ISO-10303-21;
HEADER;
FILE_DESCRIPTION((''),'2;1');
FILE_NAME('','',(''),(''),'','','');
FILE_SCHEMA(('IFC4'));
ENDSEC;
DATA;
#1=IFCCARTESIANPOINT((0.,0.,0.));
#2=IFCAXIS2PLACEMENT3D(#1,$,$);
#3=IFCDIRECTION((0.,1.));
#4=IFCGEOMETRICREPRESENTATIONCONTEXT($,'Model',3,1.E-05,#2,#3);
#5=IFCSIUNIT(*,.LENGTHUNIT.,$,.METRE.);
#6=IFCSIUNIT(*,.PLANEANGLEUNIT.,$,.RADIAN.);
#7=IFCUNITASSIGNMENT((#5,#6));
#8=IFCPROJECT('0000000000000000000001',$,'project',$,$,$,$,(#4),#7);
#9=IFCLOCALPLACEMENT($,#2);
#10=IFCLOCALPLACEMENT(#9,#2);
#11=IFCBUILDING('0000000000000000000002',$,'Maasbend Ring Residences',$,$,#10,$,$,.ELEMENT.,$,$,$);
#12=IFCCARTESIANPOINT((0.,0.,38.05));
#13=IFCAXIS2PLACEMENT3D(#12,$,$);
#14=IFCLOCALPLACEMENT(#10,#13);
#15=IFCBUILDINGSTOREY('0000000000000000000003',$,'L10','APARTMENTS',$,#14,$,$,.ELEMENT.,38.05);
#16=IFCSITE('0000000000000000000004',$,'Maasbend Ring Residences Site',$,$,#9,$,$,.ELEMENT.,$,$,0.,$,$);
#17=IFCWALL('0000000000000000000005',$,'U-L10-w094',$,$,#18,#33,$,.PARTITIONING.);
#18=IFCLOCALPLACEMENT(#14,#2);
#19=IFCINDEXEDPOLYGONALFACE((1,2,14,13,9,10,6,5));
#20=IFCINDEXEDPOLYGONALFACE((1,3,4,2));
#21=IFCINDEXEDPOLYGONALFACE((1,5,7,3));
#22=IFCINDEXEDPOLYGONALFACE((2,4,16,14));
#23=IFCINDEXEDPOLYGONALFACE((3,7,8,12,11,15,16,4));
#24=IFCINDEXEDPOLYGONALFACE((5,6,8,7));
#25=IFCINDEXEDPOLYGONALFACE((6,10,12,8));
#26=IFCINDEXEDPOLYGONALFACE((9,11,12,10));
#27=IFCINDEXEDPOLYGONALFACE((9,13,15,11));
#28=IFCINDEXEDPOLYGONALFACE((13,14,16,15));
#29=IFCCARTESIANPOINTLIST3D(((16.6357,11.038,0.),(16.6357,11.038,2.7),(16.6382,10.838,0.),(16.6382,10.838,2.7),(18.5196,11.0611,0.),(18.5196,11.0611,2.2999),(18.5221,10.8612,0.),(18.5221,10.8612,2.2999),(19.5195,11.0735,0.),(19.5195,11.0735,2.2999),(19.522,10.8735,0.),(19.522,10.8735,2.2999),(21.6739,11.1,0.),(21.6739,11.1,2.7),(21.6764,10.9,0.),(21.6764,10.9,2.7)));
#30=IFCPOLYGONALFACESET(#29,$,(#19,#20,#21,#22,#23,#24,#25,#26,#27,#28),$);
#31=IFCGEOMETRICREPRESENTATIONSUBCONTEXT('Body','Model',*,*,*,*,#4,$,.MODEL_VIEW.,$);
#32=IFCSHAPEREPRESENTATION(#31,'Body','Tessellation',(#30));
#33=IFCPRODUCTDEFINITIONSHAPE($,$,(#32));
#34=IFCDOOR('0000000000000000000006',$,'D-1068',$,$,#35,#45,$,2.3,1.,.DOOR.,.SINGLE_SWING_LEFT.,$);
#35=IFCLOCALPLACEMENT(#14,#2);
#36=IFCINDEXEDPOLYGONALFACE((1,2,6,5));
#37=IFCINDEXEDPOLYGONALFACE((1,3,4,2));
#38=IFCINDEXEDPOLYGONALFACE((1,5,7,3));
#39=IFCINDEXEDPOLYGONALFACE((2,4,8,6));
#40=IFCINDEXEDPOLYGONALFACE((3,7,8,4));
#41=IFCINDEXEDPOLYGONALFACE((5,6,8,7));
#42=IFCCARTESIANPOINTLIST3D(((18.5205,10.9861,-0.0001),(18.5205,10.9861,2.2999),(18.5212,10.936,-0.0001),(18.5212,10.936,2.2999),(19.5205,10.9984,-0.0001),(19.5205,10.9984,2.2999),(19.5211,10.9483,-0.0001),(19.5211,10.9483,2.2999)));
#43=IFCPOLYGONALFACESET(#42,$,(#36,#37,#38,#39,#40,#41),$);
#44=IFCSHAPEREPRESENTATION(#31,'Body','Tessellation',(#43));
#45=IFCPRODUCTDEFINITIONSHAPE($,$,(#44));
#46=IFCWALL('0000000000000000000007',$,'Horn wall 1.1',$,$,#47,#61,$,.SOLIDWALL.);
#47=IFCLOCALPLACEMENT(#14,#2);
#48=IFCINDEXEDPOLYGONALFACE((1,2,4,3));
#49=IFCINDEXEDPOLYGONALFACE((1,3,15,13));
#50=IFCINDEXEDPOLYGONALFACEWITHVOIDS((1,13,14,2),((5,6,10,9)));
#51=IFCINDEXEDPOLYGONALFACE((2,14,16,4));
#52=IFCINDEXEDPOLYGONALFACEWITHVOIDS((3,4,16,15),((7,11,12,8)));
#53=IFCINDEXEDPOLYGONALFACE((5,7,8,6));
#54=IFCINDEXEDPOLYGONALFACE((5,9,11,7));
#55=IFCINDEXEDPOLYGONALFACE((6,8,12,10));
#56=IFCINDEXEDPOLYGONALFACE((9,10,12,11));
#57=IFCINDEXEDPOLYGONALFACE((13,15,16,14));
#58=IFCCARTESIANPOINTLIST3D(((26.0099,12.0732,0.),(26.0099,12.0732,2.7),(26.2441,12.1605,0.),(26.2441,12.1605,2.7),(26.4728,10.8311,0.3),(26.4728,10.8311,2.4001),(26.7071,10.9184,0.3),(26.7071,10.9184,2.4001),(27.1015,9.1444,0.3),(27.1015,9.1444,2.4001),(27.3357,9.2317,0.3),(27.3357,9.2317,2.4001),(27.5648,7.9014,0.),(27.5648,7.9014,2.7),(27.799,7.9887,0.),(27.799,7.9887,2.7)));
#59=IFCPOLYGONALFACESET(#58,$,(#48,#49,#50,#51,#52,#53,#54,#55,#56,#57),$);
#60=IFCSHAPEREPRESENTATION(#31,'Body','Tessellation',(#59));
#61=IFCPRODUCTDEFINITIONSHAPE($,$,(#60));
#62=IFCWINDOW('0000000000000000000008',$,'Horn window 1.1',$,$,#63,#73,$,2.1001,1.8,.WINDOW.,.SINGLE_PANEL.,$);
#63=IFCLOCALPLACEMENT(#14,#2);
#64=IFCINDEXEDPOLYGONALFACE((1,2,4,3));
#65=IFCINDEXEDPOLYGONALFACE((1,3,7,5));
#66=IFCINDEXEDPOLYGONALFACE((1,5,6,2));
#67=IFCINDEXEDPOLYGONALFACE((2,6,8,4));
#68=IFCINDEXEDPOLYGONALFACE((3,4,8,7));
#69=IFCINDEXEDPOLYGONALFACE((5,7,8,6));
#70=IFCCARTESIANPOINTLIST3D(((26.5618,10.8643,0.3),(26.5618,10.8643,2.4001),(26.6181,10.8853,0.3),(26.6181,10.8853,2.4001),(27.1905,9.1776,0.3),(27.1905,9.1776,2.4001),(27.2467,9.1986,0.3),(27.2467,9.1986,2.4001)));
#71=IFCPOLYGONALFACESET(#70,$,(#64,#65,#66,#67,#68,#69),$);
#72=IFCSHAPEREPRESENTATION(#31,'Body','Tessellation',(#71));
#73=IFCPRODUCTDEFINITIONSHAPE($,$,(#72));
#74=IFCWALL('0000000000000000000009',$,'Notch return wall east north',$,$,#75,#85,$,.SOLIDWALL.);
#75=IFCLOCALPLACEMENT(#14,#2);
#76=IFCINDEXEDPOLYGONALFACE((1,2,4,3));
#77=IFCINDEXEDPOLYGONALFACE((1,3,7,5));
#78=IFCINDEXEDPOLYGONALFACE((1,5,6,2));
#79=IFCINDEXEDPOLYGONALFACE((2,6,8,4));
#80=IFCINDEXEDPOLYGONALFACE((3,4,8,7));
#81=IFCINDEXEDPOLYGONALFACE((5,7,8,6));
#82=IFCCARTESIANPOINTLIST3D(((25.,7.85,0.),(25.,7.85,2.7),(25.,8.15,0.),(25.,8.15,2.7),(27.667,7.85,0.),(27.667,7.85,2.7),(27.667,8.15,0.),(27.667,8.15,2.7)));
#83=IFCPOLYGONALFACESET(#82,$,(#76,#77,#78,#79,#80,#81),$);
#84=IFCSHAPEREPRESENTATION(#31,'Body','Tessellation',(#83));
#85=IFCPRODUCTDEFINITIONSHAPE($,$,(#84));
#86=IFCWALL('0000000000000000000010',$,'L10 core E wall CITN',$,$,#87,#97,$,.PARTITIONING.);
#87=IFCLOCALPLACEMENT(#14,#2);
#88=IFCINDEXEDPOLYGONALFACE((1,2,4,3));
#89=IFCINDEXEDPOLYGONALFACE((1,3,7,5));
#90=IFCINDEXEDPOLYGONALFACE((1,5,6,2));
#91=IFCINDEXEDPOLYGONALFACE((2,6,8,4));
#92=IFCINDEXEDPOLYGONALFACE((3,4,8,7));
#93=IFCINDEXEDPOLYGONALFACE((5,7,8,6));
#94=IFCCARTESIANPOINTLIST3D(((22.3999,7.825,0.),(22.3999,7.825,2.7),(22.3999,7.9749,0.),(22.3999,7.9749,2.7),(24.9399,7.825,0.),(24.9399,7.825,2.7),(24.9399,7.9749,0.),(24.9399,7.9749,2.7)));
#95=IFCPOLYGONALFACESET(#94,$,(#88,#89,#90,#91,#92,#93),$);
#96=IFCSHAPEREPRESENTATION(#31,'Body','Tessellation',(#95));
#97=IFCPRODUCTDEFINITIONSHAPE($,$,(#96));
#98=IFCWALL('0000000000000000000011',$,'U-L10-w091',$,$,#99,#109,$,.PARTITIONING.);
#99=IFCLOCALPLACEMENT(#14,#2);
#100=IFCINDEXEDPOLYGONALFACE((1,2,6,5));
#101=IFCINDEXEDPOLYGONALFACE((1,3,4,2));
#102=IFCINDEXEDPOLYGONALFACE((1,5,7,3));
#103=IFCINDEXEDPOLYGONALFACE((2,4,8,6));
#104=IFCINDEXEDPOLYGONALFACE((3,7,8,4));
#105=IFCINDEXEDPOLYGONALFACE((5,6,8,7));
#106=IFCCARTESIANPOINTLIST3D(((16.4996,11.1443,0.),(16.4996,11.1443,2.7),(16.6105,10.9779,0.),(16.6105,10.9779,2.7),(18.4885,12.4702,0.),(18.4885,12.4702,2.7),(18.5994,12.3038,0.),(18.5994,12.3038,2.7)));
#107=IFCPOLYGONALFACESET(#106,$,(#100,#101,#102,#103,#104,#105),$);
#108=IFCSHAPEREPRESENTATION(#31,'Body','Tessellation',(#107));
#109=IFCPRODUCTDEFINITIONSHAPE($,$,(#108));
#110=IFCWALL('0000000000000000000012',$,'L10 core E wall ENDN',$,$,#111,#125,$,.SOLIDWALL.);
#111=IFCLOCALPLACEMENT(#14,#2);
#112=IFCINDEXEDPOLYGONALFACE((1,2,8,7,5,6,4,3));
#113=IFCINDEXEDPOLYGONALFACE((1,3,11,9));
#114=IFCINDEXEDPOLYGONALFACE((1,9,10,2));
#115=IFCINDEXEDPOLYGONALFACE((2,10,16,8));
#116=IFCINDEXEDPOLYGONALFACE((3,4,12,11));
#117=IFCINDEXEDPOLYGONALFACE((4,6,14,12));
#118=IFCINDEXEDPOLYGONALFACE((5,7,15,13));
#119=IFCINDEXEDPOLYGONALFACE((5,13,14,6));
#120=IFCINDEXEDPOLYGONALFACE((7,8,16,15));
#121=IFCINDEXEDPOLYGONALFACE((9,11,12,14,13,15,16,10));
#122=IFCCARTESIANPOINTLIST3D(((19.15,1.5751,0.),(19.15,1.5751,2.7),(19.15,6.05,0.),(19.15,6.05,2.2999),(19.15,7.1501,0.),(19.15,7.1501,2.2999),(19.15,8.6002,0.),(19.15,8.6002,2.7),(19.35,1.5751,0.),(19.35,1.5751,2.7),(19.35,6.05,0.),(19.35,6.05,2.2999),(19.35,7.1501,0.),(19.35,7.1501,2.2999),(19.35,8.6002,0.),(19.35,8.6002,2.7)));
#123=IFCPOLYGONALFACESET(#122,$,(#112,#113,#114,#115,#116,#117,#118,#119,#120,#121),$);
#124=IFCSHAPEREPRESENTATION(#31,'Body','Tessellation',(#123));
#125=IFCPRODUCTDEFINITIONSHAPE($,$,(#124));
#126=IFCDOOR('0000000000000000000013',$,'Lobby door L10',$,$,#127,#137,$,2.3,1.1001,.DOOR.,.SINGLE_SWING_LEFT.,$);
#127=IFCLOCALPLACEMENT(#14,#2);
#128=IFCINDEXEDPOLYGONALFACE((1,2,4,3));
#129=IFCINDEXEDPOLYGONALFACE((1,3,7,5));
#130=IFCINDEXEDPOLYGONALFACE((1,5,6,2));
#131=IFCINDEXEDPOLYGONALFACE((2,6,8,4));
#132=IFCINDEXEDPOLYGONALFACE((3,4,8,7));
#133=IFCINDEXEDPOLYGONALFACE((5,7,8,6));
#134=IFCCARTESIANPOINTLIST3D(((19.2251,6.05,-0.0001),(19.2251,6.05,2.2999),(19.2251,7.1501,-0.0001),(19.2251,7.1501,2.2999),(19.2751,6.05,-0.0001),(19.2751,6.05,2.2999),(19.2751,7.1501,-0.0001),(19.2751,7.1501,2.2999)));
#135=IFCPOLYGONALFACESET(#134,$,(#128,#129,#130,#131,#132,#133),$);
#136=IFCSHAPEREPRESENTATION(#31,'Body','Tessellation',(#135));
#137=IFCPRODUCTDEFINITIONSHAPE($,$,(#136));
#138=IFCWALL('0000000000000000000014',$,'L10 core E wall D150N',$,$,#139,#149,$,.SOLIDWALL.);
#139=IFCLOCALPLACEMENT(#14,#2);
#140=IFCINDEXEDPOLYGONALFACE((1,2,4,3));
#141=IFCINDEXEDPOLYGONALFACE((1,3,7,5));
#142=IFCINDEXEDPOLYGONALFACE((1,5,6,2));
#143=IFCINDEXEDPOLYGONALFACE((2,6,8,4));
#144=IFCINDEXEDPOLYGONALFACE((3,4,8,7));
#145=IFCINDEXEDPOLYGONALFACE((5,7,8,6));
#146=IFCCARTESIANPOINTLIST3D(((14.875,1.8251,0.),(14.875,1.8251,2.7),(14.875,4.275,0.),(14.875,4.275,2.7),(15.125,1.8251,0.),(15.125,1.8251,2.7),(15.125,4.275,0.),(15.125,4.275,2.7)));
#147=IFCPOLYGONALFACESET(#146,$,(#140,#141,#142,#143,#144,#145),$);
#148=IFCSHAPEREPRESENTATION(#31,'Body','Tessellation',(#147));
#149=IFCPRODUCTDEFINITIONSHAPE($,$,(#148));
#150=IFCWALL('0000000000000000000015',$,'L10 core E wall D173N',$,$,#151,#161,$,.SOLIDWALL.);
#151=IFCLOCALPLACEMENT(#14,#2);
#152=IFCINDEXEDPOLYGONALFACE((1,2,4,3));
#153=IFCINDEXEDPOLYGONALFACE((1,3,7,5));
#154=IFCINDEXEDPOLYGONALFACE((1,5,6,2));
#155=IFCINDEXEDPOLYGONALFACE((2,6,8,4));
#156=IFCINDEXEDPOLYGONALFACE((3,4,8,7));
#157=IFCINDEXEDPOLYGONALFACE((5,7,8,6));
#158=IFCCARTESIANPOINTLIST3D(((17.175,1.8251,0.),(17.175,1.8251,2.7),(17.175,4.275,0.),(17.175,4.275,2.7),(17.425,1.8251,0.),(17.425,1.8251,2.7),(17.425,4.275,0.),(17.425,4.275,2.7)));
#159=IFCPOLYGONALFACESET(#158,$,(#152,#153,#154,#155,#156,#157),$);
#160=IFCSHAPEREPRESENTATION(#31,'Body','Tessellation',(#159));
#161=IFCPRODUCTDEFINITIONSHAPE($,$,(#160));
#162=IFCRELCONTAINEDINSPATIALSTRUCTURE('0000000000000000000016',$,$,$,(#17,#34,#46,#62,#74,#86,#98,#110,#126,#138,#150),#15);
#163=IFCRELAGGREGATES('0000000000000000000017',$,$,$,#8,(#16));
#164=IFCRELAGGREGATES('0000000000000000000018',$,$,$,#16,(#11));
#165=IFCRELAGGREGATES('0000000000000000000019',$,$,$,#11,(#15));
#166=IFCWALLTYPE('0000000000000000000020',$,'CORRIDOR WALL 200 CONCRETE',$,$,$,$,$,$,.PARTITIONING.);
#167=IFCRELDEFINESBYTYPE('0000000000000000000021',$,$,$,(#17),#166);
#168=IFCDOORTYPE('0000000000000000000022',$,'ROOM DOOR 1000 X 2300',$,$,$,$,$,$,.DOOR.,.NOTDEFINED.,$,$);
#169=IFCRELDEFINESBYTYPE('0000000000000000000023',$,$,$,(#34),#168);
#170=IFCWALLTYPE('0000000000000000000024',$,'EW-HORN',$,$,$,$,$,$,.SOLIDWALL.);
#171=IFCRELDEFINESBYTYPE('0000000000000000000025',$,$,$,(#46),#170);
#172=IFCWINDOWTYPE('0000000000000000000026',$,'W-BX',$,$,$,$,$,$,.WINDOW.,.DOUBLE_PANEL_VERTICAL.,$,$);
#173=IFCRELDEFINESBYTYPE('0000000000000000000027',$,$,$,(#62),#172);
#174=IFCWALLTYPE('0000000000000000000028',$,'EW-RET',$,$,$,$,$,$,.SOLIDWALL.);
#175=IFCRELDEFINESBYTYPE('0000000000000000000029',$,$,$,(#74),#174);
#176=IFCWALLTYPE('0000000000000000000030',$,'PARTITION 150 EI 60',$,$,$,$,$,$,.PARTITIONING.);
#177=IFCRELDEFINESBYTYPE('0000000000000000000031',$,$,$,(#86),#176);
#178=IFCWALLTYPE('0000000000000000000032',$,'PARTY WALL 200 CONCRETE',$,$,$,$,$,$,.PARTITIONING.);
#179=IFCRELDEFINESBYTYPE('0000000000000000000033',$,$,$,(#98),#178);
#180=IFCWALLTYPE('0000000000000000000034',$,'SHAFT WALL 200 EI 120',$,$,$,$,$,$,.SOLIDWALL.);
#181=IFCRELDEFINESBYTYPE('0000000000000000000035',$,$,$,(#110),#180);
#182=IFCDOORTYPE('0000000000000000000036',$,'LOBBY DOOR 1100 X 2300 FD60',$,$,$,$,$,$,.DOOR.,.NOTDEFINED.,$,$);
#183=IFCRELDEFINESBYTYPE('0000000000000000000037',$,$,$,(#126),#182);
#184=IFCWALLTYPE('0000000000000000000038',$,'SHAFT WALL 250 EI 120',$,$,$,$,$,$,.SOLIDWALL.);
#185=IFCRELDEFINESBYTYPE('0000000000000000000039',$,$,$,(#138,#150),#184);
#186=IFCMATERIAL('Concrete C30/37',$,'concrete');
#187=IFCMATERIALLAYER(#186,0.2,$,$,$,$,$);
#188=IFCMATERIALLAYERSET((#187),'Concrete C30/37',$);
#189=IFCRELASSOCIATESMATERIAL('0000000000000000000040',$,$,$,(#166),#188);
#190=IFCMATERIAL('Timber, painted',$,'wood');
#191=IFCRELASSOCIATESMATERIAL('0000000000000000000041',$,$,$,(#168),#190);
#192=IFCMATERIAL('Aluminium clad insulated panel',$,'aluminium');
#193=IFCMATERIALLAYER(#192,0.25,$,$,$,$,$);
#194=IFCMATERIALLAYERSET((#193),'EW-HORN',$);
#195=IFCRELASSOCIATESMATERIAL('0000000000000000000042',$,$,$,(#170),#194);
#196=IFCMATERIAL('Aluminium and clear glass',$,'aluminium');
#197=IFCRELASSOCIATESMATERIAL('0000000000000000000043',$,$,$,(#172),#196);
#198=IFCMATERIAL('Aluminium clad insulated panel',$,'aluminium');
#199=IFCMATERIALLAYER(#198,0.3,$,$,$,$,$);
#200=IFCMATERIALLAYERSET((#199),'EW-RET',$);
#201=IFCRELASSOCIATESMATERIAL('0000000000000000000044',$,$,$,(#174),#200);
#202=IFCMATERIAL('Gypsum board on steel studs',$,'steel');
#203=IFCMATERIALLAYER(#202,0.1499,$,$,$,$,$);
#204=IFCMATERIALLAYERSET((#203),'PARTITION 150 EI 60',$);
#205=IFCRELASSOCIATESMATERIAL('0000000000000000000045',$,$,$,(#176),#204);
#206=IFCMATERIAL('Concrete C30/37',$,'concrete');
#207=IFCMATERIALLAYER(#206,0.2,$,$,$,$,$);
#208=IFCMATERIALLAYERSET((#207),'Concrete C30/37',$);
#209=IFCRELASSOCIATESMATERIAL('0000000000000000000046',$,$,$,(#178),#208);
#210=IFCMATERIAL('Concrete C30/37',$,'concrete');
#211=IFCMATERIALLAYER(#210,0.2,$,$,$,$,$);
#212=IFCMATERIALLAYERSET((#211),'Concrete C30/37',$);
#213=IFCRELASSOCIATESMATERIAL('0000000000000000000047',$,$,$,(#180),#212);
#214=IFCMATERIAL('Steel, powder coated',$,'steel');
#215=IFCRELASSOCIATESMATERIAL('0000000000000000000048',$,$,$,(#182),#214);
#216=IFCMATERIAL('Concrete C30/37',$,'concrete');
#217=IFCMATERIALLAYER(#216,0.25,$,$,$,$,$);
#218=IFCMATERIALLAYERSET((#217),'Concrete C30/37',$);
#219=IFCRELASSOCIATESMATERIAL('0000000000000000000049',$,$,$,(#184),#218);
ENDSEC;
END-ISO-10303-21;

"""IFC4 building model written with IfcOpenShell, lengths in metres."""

from ifc_helpers import new_model, si_unit, direction, frame, frame_2d, origin, place, context, subcontext, project, spatial, rectangle, extrude, material, layer, layer_set, type_object, element, fill, save


model = new_model("IFC4")

# Units and contexts
model_context = context("Model", 3, precision=1e-05, world=origin(), true_north=direction((0.0, 1.0)))
body_context = subcontext(model_context, "Body", "Model", "MODEL_VIEW")
ifc_project = project(units=[si_unit("LENGTHUNIT", "METRE"), si_unit("PLANEANGLEUNIT", "RADIAN")], contexts=[model_context])

# Site, building, storey
site_placement = place(None, origin())
site = spatial("IfcSite", under=ifc_project, at=site_placement, Name="Maasbend Ring Residences Site", CompositionType="ELEMENT", RefElevation=0.0)
building_placement = place(site_placement, origin())
building = spatial("IfcBuilding", under=site, at=building_placement, Name="Maasbend Ring Residences", CompositionType="ELEMENT")
storey_placement = place(building_placement, frame((0.0, 0.0, 38.05)))
storey = spatial("IfcBuildingStorey", under=building, at=storey_placement, Name="L10", Description="APARTMENTS", CompositionType="ELEMENT", Elevation=38.05)

# Shared definitions
ifc_material_1 = material(Name="Concrete C30/37", Category="concrete")
ifc_layer_1 = layer(ifc_material_1, 0.2)
ifc_layer_set_1 = layer_set([ifc_layer_1], Name="Concrete C30/37")
wall_type_1 = type_object("IfcWallType", Name="CORRIDOR WALL 200 CONCRETE", PredefinedType="PARTITIONING", material=ifc_layer_set_1)

# Wall, opening, door
wall_1_placement = place(storey_placement, frame((16.637, 10.938, 0.0), z_axis=(0.0, 0.0, 1.0), x_axis=(0.999924, 0.012308, 0.0)))
wall_1 = element("IfcWall", 1, at=wall_1_placement, inside=storey, type_object=wall_type_1, Name="U-L10-w094", PredefinedType="PARTITIONING", context=body_context, shape_type="SweptSolid", body=[
    extrude(rectangle(XDim=5.0386, YDim=0.2, at=frame_2d((2.5193, 0.0))), origin(), (0.0, 0.0, 1.0), 2.7),
])
opening_1_placement = place(wall_1_placement, frame((1.884, 0.0, 0.0)))
opening_1 = element("IfcOpeningElement", 2, at=opening_1_placement, cuts=wall_1, PredefinedType="OPENING", context=body_context, shape_type="SweptSolid", body=[
    extrude(rectangle(XDim=1.0, YDim=2.3, at=frame_2d((0.5, 1.1499))), frame((0.0, 0.1099, 0.0), z_axis=(0.0, -1.0, 0.0), x_axis=(1.0, 0.0, 0.0)), (0.0, 0.0, 1.0), 0.22),
])
ifc_material_2 = material(Name="Timber, painted", Category="wood")
door_type_1 = type_object("IfcDoorType", Name="ROOM DOOR 1000 X 2300", OperationType="NOTDEFINED", PredefinedType="DOOR", material=ifc_material_2)
door_1_placement = place(opening_1_placement, origin())
door_1 = element("IfcDoor", 3, at=door_1_placement, inside=storey, type_object=door_type_1, Name="D-1068", OperationType="SINGLE_SWING_LEFT", OverallHeight=2.3, OverallWidth=1.0, PredefinedType="DOOR", context=body_context, shape_type="SweptSolid", body=[
    extrude(rectangle(XDim=1.0, YDim=2.3, at=frame_2d((0.5, 1.1499))), frame((0.0, 0.0249, 0.0), z_axis=(0.0, -1.0, 0.0), x_axis=(1.0, 0.0, 0.0)), (0.0, 0.0, 1.0), 0.05),
])
fill(opening_1, door_1)

# Wall, opening, window
ifc_material_3 = material(Name="Aluminium clad insulated panel", Category="aluminium")
ifc_layer_2 = layer(ifc_material_3, 0.25)
ifc_layer_set_2 = layer_set([ifc_layer_2], Name="EW-HORN")
wall_type_2 = type_object("IfcWallType", Name="EW-HORN", PredefinedType="SOLIDWALL", material=ifc_layer_set_2)
wall_2_placement = place(storey_placement, frame((27.6819, 7.9451, 0.0), z_axis=(0.0, 0.0, 1.0), x_axis=(-0.349248, 0.93703, 0.0)))
wall_2 = element("IfcWall", 4, at=wall_2_placement, inside=storey, type_object=wall_type_2, Name="Horn wall 1.1", PredefinedType="SOLIDWALL", context=body_context, shape_type="SweptSolid", body=[
    extrude(rectangle(XDim=4.4521, YDim=0.25, at=frame_2d((2.2261, 0.0))), origin(), (0.0, 0.0, 1.0), 2.7),
])
opening_2_placement = place(wall_2_placement, frame((1.3267, 0.0, 0.3)))
opening_2 = element("IfcOpeningElement", 5, at=opening_2_placement, cuts=wall_2, PredefinedType="OPENING", context=body_context, shape_type="SweptSolid", body=[
    extrude(rectangle(XDim=1.8, YDim=2.1001, at=frame_2d((0.8999, 1.05))), frame((0.0, 0.135, 0.0), z_axis=(0.0, -1.0, 0.0), x_axis=(1.0, 0.0, 0.0)), (0.0, 0.0, 1.0), 0.27),
])
ifc_material_4 = material(Name="Aluminium and clear glass", Category="aluminium")
window_type = type_object("IfcWindowType", Name="W-BX", PartitioningType="DOUBLE_PANEL_VERTICAL", PredefinedType="WINDOW", material=ifc_material_4)
window_placement = place(opening_2_placement, origin())
window = element("IfcWindow", 6, at=window_placement, inside=storey, type_object=window_type, Name="Horn window 1.1", OverallHeight=2.1001, OverallWidth=1.8, PartitioningType="SINGLE_PANEL", PredefinedType="WINDOW", context=body_context, shape_type="SweptSolid", body=[
    extrude(rectangle(XDim=1.8, YDim=2.1001, at=frame_2d((0.8999, 1.05))), frame((0.0, 0.03, 0.0), z_axis=(0.0, -1.0, 0.0), x_axis=(1.0, 0.0, 0.0)), (0.0, 0.0, 1.0), 0.0601),
])
fill(opening_2, window)

# Walls
ifc_material_5 = material(Name="Aluminium clad insulated panel", Category="aluminium")
ifc_layer_3 = layer(ifc_material_5, 0.3)
ifc_layer_set_3 = layer_set([ifc_layer_3], Name="EW-RET")
wall_type_3 = type_object("IfcWallType", Name="EW-RET", PredefinedType="SOLIDWALL", material=ifc_layer_set_3)
wall_3_placement = place(storey_placement, frame((25.0, 8.0, 0.0), z_axis=(0.0, 0.0, 1.0), x_axis=(1.0, 0.0, 0.0)))
element("IfcWall", 7, at=wall_3_placement, inside=storey, type_object=wall_type_3, Name="Notch return wall east north", PredefinedType="SOLIDWALL", context=body_context, shape_type="SweptSolid", body=[
    extrude(rectangle(XDim=2.667, YDim=0.3, at=frame_2d((1.3335, 0.0))), origin(), (0.0, 0.0, 1.0), 2.7),
])
ifc_material_6 = material(Name="Gypsum board on steel studs", Category="steel")
ifc_layer_4 = layer(ifc_material_6, 0.1499)
ifc_layer_set_4 = layer_set([ifc_layer_4], Name="PARTITION 150 EI 60")
wall_type_4 = type_object("IfcWallType", Name="PARTITION 150 EI 60", PredefinedType="PARTITIONING", material=ifc_layer_set_4)
wall_4_placement = place(storey_placement, frame((22.3999, 7.8999, 0.0), z_axis=(0.0, 0.0, 1.0), x_axis=(1.0, 0.0, 0.0)))
element("IfcWall", 8, at=wall_4_placement, inside=storey, type_object=wall_type_4, Name="L10 core E wall CITN", PredefinedType="PARTITIONING", context=body_context, shape_type="SweptSolid", body=[
    extrude(rectangle(XDim=2.54, YDim=0.1499, at=frame_2d((1.27, 0.0))), origin(), (0.0, 0.0, 1.0), 2.7),
])
ifc_material_7 = material(Name="Concrete C30/37", Category="concrete")
ifc_layer_5 = layer(ifc_material_7, 0.2)
ifc_layer_set_5 = layer_set([ifc_layer_5], Name="Concrete C30/37")
wall_type_5 = type_object("IfcWallType", Name="PARTY WALL 200 CONCRETE", PredefinedType="PARTITIONING", material=ifc_layer_set_5)
wall_5_placement = place(storey_placement, frame((16.5549, 11.061, 0.0), z_axis=(0.0, 0.0, 1.0), x_axis=(0.832066, 0.554677, 0.0)))
element("IfcWall", 9, at=wall_5_placement, inside=storey, type_object=wall_type_5, Name="U-L10-w091", PredefinedType="PARTITIONING", context=body_context, shape_type="SweptSolid", body=[
    extrude(rectangle(XDim=2.3904, YDim=0.2, at=frame_2d((1.1953, 0.0))), origin(), (0.0, 0.0, 1.0), 2.7),
])

# Wall, opening, door
ifc_material_8 = material(Name="Concrete C30/37", Category="concrete")
ifc_layer_6 = layer(ifc_material_8, 0.2)
ifc_layer_set_6 = layer_set([ifc_layer_6], Name="Concrete C30/37")
wall_type_6 = type_object("IfcWallType", Name="SHAFT WALL 200 EI 120", PredefinedType="SOLIDWALL", material=ifc_layer_set_6)
wall_6_placement = place(storey_placement, frame((19.25, 1.575, 0.0), z_axis=(0.0, 0.0, 1.0), x_axis=(0.0, 1.0, 0.0)))
wall_6 = element("IfcWall", 10, at=wall_6_placement, inside=storey, type_object=wall_type_6, Name="L10 core E wall ENDN", PredefinedType="SOLIDWALL", context=body_context, shape_type="SweptSolid", body=[
    extrude(rectangle(XDim=7.0251, YDim=0.2, at=frame_2d((3.5127, 0.0))), origin(), (0.0, 0.0, 1.0), 2.7),
])
opening_3_placement = place(wall_6_placement, frame((4.4751, 0.0, 0.0)))
opening_3 = element("IfcOpeningElement", 11, at=opening_3_placement, cuts=wall_6, PredefinedType="OPENING", context=body_context, shape_type="SweptSolid", body=[
    extrude(rectangle(XDim=1.1001, YDim=2.3, at=frame_2d((0.55, 1.1499))), frame((0.0, 0.1099, 0.0), z_axis=(0.0, -1.0, 0.0), x_axis=(1.0, 0.0, 0.0)), (0.0, 0.0, 1.0), 0.22),
])
ifc_material_9 = material(Name="Steel, powder coated", Category="steel")
door_type_2 = type_object("IfcDoorType", Name="LOBBY DOOR 1100 X 2300 FD60", OperationType="NOTDEFINED", PredefinedType="DOOR", material=ifc_material_9)
door_2_placement = place(opening_3_placement, origin())
door_2 = element("IfcDoor", 12, at=door_2_placement, inside=storey, type_object=door_type_2, Name="Lobby door L10", OperationType="SINGLE_SWING_LEFT", OverallHeight=2.3, OverallWidth=1.1001, PredefinedType="DOOR", context=body_context, shape_type="SweptSolid", body=[
    extrude(rectangle(XDim=1.1001, YDim=2.3, at=frame_2d((0.55, 1.1499))), frame((0.0, 0.0249, 0.0), z_axis=(0.0, -1.0, 0.0), x_axis=(1.0, 0.0, 0.0)), (0.0, 0.0, 1.0), 0.05),
])
fill(opening_3, door_2)

# Walls
ifc_material_10 = material(Name="Concrete C30/37", Category="concrete")
ifc_layer_7 = layer(ifc_material_10, 0.25)
ifc_layer_set_7 = layer_set([ifc_layer_7], Name="Concrete C30/37")
wall_type_7 = type_object("IfcWallType", Name="SHAFT WALL 250 EI 120", PredefinedType="SOLIDWALL", material=ifc_layer_set_7)
for number, where, z_axis, x_axis, name in (
    (13, (15.0, 1.825, 0.0), (0.0, 0.0, 1.0), (0.0, 1.0, 0.0), "L10 core E wall D150N"),
    (14, (17.3, 1.825, 0.0), (0.0, 0.0, 1.0), (0.0, 1.0, 0.0), "L10 core E wall D173N"),
):
    element("IfcWall", number, at=place(storey_placement, frame(where, z_axis=z_axis, x_axis=x_axis)), inside=storey, type_object=wall_type_7, Name=name, PredefinedType="SOLIDWALL", context=body_context, shape_type="SweptSolid", body=[
        extrude(rectangle(XDim=2.45, YDim=0.25, at=frame_2d((1.2251, 0.0))), origin(), (0.0, 0.0, 1.0), 2.7),
    ])

save(model, "model.ifc")
